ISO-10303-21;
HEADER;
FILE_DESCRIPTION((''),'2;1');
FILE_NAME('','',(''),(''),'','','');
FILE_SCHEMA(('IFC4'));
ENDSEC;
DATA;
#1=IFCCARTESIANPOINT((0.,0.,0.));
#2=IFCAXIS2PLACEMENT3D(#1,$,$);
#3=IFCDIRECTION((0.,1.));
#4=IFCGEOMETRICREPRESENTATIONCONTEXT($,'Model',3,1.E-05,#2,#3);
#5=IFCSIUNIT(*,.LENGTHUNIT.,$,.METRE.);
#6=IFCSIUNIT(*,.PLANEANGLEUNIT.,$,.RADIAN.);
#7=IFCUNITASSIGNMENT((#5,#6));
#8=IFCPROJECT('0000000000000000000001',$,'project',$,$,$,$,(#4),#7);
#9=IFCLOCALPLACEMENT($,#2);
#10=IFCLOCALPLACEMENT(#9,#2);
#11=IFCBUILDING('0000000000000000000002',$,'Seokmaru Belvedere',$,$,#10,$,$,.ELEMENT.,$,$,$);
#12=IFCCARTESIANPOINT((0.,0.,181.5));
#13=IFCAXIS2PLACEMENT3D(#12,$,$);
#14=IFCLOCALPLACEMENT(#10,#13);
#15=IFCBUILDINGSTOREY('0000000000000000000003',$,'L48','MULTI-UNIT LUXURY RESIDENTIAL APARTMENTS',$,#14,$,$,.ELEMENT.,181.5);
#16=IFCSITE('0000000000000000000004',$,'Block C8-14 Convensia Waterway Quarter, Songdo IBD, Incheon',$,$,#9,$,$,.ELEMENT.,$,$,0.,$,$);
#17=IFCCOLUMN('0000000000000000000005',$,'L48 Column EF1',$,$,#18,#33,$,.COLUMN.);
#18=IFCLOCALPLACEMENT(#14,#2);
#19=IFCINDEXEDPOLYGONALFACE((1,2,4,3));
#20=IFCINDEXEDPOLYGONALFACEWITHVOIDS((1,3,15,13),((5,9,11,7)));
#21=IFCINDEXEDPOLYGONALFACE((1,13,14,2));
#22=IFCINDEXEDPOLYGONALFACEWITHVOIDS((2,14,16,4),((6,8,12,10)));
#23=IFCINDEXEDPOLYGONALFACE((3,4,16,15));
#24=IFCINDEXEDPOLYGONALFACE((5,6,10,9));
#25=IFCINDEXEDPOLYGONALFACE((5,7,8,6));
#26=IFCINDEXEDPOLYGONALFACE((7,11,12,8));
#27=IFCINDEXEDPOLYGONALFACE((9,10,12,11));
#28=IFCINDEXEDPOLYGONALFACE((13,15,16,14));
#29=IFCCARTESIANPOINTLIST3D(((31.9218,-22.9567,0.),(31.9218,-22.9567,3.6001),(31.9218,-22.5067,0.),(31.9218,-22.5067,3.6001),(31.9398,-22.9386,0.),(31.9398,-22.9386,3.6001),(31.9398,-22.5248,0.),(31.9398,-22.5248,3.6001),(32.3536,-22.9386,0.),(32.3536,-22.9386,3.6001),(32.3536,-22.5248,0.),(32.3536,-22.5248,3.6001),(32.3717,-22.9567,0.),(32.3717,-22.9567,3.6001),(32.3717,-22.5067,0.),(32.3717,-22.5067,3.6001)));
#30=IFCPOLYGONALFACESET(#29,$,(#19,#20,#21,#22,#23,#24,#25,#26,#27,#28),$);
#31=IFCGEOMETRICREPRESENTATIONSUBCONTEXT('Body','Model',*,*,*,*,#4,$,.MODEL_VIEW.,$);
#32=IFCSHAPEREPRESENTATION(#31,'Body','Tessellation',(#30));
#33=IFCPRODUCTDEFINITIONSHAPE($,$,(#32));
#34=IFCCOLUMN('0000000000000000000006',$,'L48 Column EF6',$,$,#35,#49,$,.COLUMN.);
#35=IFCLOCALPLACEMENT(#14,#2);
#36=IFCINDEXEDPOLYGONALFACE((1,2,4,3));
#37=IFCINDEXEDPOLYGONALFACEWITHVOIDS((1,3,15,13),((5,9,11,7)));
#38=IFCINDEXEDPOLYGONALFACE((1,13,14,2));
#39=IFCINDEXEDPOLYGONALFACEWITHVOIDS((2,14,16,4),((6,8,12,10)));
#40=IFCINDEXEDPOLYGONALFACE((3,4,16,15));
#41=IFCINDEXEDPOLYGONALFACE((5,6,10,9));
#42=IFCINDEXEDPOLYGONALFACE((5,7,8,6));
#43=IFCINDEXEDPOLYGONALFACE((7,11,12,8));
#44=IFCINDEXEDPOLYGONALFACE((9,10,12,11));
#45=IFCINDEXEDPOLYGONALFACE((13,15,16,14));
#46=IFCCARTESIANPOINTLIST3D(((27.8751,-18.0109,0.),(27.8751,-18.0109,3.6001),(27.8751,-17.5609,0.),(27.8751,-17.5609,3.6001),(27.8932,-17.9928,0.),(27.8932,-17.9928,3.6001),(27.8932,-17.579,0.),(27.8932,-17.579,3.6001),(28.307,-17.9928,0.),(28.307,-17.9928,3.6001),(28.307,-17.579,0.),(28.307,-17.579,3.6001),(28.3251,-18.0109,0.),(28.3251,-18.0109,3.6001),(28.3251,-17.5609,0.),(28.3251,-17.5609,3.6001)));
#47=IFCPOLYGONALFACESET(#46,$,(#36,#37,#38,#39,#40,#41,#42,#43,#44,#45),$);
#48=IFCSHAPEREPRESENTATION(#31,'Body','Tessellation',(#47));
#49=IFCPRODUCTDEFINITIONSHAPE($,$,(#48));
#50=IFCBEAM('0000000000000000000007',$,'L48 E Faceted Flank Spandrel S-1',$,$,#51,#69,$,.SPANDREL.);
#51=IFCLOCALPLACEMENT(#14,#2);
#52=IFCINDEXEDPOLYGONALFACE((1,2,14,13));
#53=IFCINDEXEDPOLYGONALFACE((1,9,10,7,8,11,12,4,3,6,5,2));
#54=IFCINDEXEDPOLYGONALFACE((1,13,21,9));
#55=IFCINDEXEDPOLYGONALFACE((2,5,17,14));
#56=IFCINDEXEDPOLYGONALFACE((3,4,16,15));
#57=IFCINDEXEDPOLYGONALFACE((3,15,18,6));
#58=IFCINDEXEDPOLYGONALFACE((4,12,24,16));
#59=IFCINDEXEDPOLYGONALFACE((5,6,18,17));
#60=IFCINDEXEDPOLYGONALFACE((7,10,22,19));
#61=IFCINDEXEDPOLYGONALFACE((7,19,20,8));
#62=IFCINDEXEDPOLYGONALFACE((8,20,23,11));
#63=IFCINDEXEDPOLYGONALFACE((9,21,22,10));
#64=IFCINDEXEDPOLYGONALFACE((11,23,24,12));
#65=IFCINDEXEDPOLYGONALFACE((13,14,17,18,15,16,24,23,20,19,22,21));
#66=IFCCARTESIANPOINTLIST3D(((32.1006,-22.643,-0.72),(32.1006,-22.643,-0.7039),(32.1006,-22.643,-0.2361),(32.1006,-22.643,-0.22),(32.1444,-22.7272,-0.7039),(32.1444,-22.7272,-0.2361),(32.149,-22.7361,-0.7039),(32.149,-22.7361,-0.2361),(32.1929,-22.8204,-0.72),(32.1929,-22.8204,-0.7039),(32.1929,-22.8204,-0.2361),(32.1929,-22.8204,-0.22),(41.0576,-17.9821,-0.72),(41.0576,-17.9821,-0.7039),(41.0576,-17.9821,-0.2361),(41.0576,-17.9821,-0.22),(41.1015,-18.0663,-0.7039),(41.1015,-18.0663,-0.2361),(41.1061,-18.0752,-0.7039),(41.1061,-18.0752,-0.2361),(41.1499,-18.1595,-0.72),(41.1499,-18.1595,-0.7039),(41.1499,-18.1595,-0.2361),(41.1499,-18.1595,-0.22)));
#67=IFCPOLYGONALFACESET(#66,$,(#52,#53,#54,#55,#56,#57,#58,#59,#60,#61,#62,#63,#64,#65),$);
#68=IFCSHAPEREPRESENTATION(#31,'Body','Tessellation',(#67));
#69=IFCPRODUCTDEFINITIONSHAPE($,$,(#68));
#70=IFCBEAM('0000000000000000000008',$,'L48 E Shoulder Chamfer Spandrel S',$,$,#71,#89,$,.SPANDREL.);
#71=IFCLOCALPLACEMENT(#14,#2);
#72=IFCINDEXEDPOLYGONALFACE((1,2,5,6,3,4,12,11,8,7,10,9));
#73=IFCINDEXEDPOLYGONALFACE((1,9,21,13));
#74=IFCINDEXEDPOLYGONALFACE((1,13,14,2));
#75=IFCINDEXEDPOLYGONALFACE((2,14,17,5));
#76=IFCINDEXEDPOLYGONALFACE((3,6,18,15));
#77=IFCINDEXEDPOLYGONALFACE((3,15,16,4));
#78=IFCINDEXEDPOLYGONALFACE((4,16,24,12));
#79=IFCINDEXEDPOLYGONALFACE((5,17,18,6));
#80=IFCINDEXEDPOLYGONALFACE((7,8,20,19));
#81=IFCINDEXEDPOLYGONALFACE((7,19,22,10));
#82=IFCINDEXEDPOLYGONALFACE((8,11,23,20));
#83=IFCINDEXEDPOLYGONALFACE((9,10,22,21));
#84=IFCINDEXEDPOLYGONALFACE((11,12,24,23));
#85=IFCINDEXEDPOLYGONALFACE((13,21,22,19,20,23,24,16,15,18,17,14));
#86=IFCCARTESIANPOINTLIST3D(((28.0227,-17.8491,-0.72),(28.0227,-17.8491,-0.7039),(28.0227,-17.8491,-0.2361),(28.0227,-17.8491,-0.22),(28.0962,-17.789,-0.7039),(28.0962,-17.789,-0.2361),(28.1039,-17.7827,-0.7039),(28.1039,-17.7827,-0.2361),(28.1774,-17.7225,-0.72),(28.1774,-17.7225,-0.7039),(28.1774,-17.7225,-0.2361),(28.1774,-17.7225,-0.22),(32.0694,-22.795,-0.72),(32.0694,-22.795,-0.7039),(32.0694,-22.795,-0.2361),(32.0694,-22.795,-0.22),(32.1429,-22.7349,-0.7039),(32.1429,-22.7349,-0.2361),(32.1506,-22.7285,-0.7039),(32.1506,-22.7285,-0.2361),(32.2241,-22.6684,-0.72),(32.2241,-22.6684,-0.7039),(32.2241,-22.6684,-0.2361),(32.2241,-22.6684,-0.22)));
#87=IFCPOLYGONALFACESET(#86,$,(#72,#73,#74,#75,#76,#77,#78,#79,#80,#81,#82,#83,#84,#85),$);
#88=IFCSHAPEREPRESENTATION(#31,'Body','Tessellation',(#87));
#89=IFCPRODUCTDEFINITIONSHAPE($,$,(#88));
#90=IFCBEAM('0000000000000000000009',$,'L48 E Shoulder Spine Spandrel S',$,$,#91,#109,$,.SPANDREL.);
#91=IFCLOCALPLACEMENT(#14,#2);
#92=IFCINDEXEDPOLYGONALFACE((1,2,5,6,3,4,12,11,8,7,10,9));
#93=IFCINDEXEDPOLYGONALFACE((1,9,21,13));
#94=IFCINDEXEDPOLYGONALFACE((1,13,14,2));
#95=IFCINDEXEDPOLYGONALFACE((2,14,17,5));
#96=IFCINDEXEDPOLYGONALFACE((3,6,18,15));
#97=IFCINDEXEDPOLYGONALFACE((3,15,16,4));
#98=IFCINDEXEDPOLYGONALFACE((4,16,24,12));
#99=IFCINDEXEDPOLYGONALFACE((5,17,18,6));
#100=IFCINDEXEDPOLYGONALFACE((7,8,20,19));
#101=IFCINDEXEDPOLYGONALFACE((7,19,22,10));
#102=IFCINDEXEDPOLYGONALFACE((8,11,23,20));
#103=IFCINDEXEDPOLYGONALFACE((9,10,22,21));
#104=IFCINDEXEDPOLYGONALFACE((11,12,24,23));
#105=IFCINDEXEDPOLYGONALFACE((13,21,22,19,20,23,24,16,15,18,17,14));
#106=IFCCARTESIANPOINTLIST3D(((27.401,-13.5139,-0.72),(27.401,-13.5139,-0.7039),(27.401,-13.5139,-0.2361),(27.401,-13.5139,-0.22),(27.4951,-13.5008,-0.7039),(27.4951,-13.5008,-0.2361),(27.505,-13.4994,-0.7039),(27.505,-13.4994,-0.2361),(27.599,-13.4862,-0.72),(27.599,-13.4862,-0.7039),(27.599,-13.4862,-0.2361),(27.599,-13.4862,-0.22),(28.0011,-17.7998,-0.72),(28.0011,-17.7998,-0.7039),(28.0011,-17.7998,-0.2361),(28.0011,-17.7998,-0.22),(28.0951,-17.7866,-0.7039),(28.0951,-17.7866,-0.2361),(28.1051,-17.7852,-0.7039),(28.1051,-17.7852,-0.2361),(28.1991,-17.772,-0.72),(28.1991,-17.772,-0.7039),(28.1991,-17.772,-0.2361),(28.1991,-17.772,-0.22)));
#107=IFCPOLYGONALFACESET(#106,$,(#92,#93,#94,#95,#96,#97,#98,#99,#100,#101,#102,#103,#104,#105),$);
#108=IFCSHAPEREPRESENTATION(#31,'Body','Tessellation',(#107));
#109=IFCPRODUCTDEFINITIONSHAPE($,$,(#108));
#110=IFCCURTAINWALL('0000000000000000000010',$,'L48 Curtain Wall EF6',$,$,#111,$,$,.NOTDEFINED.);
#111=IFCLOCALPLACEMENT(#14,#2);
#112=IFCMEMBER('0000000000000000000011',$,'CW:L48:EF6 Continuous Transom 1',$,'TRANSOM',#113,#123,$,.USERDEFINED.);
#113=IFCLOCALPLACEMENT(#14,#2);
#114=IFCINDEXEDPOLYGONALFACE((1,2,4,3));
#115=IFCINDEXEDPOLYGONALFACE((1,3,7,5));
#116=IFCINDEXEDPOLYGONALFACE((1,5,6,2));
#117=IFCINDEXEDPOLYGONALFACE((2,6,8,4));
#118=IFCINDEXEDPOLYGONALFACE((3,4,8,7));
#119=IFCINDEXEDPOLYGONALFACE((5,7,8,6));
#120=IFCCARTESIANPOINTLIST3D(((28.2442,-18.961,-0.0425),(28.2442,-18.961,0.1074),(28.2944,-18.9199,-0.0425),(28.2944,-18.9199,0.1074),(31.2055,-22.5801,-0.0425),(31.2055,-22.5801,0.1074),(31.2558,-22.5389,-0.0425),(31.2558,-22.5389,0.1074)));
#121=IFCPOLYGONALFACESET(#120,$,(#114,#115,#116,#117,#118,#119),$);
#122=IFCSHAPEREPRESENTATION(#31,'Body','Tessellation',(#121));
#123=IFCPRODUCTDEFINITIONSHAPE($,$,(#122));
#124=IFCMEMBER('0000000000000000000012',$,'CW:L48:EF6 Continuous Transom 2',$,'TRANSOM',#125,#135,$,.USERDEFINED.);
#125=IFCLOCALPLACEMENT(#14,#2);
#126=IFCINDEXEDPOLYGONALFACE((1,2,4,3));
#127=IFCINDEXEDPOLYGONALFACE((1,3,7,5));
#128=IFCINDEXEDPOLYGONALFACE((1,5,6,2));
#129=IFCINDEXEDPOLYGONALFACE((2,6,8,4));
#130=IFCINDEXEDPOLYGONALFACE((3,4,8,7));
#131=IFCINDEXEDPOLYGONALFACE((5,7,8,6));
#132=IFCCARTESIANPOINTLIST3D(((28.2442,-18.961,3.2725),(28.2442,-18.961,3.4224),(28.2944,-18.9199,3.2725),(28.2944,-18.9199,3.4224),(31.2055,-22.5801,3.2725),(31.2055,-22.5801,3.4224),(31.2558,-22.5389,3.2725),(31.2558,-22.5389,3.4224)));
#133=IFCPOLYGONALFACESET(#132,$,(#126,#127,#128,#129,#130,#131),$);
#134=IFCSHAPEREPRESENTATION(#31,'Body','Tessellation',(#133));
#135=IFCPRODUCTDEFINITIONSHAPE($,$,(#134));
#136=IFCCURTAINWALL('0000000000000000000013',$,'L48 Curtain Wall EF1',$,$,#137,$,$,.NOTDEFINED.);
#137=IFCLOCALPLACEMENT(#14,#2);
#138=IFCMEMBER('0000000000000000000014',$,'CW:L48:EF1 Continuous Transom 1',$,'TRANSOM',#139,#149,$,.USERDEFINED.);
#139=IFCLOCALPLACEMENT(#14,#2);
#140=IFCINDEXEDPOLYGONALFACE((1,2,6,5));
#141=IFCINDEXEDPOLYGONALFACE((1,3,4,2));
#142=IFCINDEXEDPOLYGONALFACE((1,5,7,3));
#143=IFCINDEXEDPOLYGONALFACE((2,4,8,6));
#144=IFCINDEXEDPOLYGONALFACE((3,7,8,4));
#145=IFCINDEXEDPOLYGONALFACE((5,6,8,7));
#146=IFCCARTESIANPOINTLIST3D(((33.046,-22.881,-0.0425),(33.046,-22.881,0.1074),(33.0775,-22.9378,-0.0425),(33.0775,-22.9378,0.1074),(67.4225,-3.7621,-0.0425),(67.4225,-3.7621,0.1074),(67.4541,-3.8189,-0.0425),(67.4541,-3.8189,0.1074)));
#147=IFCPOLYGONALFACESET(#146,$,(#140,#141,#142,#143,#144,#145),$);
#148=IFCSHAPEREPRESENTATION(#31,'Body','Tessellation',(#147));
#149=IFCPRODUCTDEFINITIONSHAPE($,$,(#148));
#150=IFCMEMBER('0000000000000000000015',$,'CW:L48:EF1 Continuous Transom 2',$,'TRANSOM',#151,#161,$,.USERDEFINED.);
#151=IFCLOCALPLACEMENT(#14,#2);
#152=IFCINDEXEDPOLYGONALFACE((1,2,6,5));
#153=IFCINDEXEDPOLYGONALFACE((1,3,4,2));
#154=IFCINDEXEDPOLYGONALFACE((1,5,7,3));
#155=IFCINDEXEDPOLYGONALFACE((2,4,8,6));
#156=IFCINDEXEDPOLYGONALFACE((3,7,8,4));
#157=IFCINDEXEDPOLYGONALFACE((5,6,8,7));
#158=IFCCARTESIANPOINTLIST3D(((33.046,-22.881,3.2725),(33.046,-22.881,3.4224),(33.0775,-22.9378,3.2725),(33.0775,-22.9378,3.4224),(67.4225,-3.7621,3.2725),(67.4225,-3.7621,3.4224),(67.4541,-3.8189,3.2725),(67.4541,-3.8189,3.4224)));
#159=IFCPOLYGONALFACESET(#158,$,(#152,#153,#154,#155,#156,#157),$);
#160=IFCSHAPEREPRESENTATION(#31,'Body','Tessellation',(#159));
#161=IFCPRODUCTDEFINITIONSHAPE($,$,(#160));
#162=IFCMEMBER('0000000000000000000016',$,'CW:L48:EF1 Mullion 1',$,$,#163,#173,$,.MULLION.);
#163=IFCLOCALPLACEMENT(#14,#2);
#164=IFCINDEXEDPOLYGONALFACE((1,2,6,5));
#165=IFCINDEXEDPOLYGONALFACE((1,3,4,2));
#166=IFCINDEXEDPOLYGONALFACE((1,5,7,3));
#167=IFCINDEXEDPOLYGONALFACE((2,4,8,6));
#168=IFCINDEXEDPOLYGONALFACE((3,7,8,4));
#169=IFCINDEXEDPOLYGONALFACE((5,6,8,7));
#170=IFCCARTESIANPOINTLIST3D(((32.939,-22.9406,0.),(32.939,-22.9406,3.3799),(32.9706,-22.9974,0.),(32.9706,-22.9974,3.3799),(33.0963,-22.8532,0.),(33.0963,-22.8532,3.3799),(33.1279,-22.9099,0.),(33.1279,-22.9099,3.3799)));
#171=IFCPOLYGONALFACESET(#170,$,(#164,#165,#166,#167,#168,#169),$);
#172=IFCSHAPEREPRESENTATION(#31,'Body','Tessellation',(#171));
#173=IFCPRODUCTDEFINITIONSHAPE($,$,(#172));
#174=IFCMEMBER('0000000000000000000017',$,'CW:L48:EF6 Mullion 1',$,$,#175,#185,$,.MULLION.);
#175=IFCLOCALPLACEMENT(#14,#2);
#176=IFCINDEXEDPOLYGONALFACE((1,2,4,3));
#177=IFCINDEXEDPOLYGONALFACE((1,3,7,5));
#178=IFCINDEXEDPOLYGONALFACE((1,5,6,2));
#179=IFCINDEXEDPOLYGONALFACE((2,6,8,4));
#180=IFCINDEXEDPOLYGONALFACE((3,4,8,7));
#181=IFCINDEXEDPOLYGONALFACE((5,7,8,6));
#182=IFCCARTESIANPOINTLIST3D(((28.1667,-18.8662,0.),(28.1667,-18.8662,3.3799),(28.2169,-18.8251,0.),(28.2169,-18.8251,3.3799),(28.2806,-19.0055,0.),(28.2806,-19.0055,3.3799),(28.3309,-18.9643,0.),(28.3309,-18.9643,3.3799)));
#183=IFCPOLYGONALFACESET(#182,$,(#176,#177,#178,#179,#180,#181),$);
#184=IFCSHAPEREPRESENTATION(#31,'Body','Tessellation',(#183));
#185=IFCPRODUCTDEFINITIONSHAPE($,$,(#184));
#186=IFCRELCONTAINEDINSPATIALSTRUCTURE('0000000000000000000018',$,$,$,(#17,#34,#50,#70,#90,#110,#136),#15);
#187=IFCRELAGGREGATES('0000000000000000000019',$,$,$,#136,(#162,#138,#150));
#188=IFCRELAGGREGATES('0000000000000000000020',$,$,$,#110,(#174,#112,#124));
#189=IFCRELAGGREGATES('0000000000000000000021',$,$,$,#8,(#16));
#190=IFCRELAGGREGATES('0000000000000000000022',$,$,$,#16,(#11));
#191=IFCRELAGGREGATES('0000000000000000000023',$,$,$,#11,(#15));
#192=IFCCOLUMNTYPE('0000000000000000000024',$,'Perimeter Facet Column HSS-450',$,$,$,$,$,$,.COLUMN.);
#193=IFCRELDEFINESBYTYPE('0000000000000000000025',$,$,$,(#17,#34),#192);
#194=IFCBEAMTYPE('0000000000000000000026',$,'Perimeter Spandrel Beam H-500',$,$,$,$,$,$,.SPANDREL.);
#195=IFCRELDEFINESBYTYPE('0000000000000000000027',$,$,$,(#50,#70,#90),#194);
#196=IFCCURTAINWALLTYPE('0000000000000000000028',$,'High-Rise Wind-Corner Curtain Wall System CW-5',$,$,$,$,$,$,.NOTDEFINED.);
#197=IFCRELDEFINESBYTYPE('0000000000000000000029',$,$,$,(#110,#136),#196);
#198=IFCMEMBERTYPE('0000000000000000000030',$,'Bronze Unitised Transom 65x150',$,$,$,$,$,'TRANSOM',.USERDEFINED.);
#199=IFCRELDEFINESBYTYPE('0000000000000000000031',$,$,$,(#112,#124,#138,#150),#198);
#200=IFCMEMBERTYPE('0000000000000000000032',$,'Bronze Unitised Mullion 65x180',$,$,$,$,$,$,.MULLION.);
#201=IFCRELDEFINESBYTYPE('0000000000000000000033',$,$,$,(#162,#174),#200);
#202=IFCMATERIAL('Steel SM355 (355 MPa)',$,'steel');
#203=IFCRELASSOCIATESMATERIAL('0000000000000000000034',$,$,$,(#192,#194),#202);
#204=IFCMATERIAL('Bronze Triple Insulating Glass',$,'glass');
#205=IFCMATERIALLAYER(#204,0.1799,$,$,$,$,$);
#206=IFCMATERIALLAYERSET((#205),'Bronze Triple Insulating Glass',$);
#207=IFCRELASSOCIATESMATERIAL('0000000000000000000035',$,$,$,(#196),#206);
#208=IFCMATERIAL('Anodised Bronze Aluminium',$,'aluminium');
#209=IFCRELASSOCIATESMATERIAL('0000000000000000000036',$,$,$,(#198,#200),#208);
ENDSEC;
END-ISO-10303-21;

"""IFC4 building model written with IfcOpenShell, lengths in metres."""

from ifc_helpers import new_model, si_unit, direction, frame, origin, origin_2d, place, context, subcontext, project, spatial, rectangle, hollow_rectangle, i_section, extrude, source, transform, mapped, material, layer, layer_set, material_profile, profile_set, type_object, type_shapes, element, aggregate, save


model = new_model("IFC4")

# Units and contexts
model_context = context("Model", 3, precision=1e-05, world=origin(), true_north=direction((0.0, 1.0)))
body_context = subcontext(model_context, "Body", "Model", "MODEL_VIEW")
ifc_project = project(units=[si_unit("LENGTHUNIT", "METRE"), si_unit("PLANEANGLEUNIT", "RADIAN")], contexts=[model_context])

# Site, building, storey
site_placement = place(None, origin())
site = spatial("IfcSite", under=ifc_project, at=site_placement, Name="Block C8-14 Convensia Waterway Quarter, Songdo IBD, Incheon", CompositionType="ELEMENT", RefElevation=0.0)
building_placement = place(site_placement, origin())
building = spatial("IfcBuilding", under=site, at=building_placement, Name="Seokmaru Belvedere", CompositionType="ELEMENT")
storey_placement = place(building_placement, frame((0.0, 0.0, 181.5)))
storey = spatial("IfcBuildingStorey", under=building, at=storey_placement, Name="L48", Description="MULTI-UNIT LUXURY RESIDENTIAL APARTMENTS", CompositionType="ELEMENT", Elevation=181.5)

# Columns
ifc_material_1 = material(Name="Steel SM355 (355 MPa)", Category="steel")
ifc_material_profile_1 = material_profile(ifc_material_1, hollow_rectangle(XDim=0.45, YDim=0.45, WallThickness=0.0181, at=origin_2d()), Name="HSS-450x450x18")
ifc_profile_set_1 = profile_set([ifc_material_profile_1], Name="Steel SM355 (355 MPa)")
column_type = type_object("IfcColumnType", Name="Perimeter Facet Column HSS-450", PredefinedType="COLUMN", material=ifc_profile_set_1)
shared_shape_1 = source(origin(), body_context, "Body", "SweptSolid", [
    extrude(hollow_rectangle(XDim=0.45, YDim=0.45, WallThickness=0.0181, at=origin_2d()), origin(), (0.0, 0.0, 1.0), 3.6001),
])
type_shapes(column_type, [shared_shape_1])
for number, where, z_axis, x_axis, name in (
    (1, (32.1467, -22.7317, 0.0), (0.0, 0.0, 1.0), (1.0, 0.0, 0.0), "L48 Column EF1"),
    (2, (28.1001, -17.7859, 0.0), (0.0, 0.0, 1.0), (1.0, 0.0, 0.0), "L48 Column EF6"),
):
    element("IfcColumn", number, at=place(storey_placement, frame(where, z_axis=z_axis, x_axis=x_axis)), inside=storey, type_object=column_type, Name=name, PredefinedType="COLUMN", context=body_context, shape_type="MappedRepresentation", body=[
        mapped(shared_shape_1, transform((0.0, 0.0, 0.0), scale=1.0)),
    ])

# Beams
ifc_material_profile_2 = material_profile(ifc_material_1, i_section(OverallWidth=0.2, OverallDepth=0.5, WebThickness=0.01, FlangeThickness=0.0161, at=origin_2d()), Name="H-500x200x10x16")
ifc_profile_set_2 = profile_set([ifc_material_profile_2], Name="Steel SM355 (355 MPa)")
beam_type_1 = type_object("IfcBeamType", Name="Perimeter Spandrel Beam H-500", PredefinedType="SPANDREL", material=ifc_profile_set_2)
shared_shape_2 = source(origin(), body_context, "Body", "SweptSolid", [
    extrude(i_section(OverallWidth=0.2, OverallDepth=0.5, WebThickness=0.01, FlangeThickness=0.0161, at=origin_2d()), origin(), (0.0, 0.0, 1.0), 10.0972),
])
beam_1_placement = place(storey_placement, frame((32.1467, -22.7317, -0.47), z_axis=(0.887086, 0.461605, 0.0), x_axis=(-0.461605, 0.887086, 0.0)))
element("IfcBeam", 3, at=beam_1_placement, inside=storey, type_object=beam_type_1, Name="L48 E Faceted Flank Spandrel S-1", PredefinedType="SPANDREL", context=body_context, shape_type="MappedRepresentation", body=[
    mapped(shared_shape_2, transform((0.0, 0.0, 0.0), scale=1.0)),
])
shared_shape_3 = source(origin(), body_context, "Body", "SweptSolid", [
    extrude(i_section(OverallWidth=0.2, OverallDepth=0.5, WebThickness=0.01, FlangeThickness=0.0161, at=origin_2d()), origin(), (0.0, 0.0, 1.0), 6.3904),
])
beam_2_placement = place(storey_placement, frame((32.1467, -22.7317, -0.47), z_axis=(-0.633244, 0.773952, 0.0), x_axis=(-0.773952, -0.633244, 0.0)))
element("IfcBeam", 4, at=beam_2_placement, inside=storey, type_object=beam_type_1, Name="L48 E Shoulder Chamfer Spandrel S", PredefinedType="SPANDREL", context=body_context, shape_type="MappedRepresentation", body=[
    mapped(shared_shape_3, transform((0.0, 0.0, 0.0), scale=1.0)),
])
shared_shape_4 = source(origin(), body_context, "Body", "SweptSolid", [
    extrude(i_section(OverallWidth=0.2, OverallDepth=0.5, WebThickness=0.01, FlangeThickness=0.0161, at=origin_2d()), origin(), (0.0, 0.0, 1.0), 4.3276),
])
type_shapes(beam_type_1, [shared_shape_2, shared_shape_3, shared_shape_4])
beam_3_placement = place(storey_placement, frame((28.1001, -17.7859, -0.47), z_axis=(-0.138664, 0.990339, 0.0), x_axis=(-0.990339, -0.138664, 0.0)))
element("IfcBeam", 5, at=beam_3_placement, inside=storey, type_object=beam_type_1, Name="L48 E Shoulder Spine Spandrel S", PredefinedType="SPANDREL", context=body_context, shape_type="MappedRepresentation", body=[
    mapped(shared_shape_4, transform((0.0, 0.0, 0.0), scale=1.0)),
])

# Curtain walls, members
ifc_material_2 = material(Name="Bronze Triple Insulating Glass", Category="glass")
ifc_layer_1 = layer(ifc_material_2, 0.1799)
ifc_layer_set_1 = layer_set([ifc_layer_1], Name="Bronze Triple Insulating Glass")
curtain_wall_type = type_object("IfcCurtainWallType", Name="High-Rise Wind-Corner Curtain Wall System CW-5", PredefinedType="NOTDEFINED", material=ifc_layer_set_1)
curtain_wall_1_placement = place(storey_placement, origin())
curtain_wall_1 = element("IfcCurtainWall", 6, at=curtain_wall_1_placement, inside=storey, type_object=curtain_wall_type, Name="L48 Curtain Wall EF6", PredefinedType="NOTDEFINED")
ifc_material_3 = material(Name="Anodised Bronze Aluminium", Category="aluminium")
ifc_material_profile_3 = material_profile(ifc_material_3, rectangle(XDim=0.0649, YDim=0.1499, at=origin_2d()), Name="CW-T-65x150")
ifc_profile_set_3 = profile_set([ifc_material_profile_3], Name="Anodised Bronze Aluminium")
member_type_1 = type_object("IfcMemberType", Name="Bronze Unitised Transom 65x150", ElementType="TRANSOM", PredefinedType="USERDEFINED", material=ifc_profile_set_3)
shared_shape_5 = source(origin(), body_context, "Body", "SweptSolid", [
    extrude(rectangle(XDim=0.0649, YDim=0.1499, at=origin_2d()), origin(), (0.0, 0.0, 1.0), 4.6763),
])
member_1_placement = place(storey_placement, frame((28.2693, -18.9404, 0.0325), z_axis=(0.633278, -0.773925, 0.0), x_axis=(0.773925, 0.633278, 0.0)))
member_1 = element("IfcMember", 7, at=member_1_placement, type_object=member_type_1, Name="CW:L48:EF6 Continuous Transom 1", ObjectType="TRANSOM", PredefinedType="USERDEFINED", context=body_context, shape_type="MappedRepresentation", body=[
    mapped(shared_shape_5, transform((0.0, 0.0, 0.0), scale=1.0)),
])
member_2_placement = place(storey_placement, frame((28.2693, -18.9404, 3.3474), z_axis=(0.633278, -0.773925, 0.0), x_axis=(0.773925, 0.633278, 0.0)))
member_2 = element("IfcMember", 8, at=member_2_placement, type_object=member_type_1, Name="CW:L48:EF6 Continuous Transom 2", ObjectType="TRANSOM", PredefinedType="USERDEFINED", context=body_context, shape_type="MappedRepresentation", body=[
    mapped(shared_shape_5, transform((0.0, 0.0, 0.0), scale=1.0)),
])
curtain_wall_2_placement = place(storey_placement, origin())
curtain_wall_2 = element("IfcCurtainWall", 9, at=curtain_wall_2_placement, inside=storey, type_object=curtain_wall_type, Name="L48 Curtain Wall EF1", PredefinedType="NOTDEFINED")
shared_shape_6 = source(origin(), body_context, "Body", "SweptSolid", [
    extrude(rectangle(XDim=0.0649, YDim=0.1499, at=origin_2d()), origin(), (0.0, 0.0, 1.0), 39.3354),
])
type_shapes(member_type_1, [shared_shape_5, shared_shape_6])
member_3_placement = place(storey_placement, frame((33.0618, -22.9094, 0.0325), z_axis=(0.873932, 0.486048, 0.0), x_axis=(-0.486048, 0.873932, 0.0)))
member_3 = element("IfcMember", 10, at=member_3_placement, type_object=member_type_1, Name="CW:L48:EF1 Continuous Transom 1", ObjectType="TRANSOM", PredefinedType="USERDEFINED", context=body_context, shape_type="MappedRepresentation", body=[
    mapped(shared_shape_6, transform((0.0, 0.0, 0.0), scale=1.0)),
])
member_4_placement = place(storey_placement, frame((33.0618, -22.9094, 3.3474), z_axis=(0.873932, 0.486048, 0.0), x_axis=(-0.486048, 0.873932, 0.0)))
member_4 = element("IfcMember", 11, at=member_4_placement, type_object=member_type_1, Name="CW:L48:EF1 Continuous Transom 2", ObjectType="TRANSOM", PredefinedType="USERDEFINED", context=body_context, shape_type="MappedRepresentation", body=[
    mapped(shared_shape_6, transform((0.0, 0.0, 0.0), scale=1.0)),
])
ifc_material_profile_4 = material_profile(ifc_material_3, rectangle(XDim=0.0649, YDim=0.1799, at=origin_2d()), Name="CW-M-65x180")
ifc_profile_set_4 = profile_set([ifc_material_profile_4], Name="Anodised Bronze Aluminium")
member_type_2 = type_object("IfcMemberType", Name="Bronze Unitised Mullion 65x180", PredefinedType="MULLION", material=ifc_profile_set_4)
shared_shape_7 = source(origin(), body_context, "Body", "SweptSolid", [
    extrude(rectangle(XDim=0.0649, YDim=0.1799, at=origin_2d()), origin(), (0.0, 0.0, 1.0), 3.3799),
])
type_shapes(member_type_2, [shared_shape_7])
member_5_placement = place(storey_placement, frame((33.0334, -22.9253, 0.0), z_axis=(0.0, 0.0, 1.0), x_axis=(-0.486047, 0.873933, 0.0)))
member_5 = element("IfcMember", 12, at=member_5_placement, type_object=member_type_2, Name="CW:L48:EF1 Mullion 1", PredefinedType="MULLION", context=body_context, shape_type="MappedRepresentation", body=[
    mapped(shared_shape_7, transform((0.0, 0.0, 0.0), scale=1.0)),
])
aggregate(curtain_wall_2, [member_5, member_3, member_4])

# Member
member_6_placement = place(storey_placement, frame((28.2488, -18.9153, 0.0), z_axis=(0.0, 0.0, 1.0), x_axis=(0.773944, 0.633254, 0.0)))
member_6 = element("IfcMember", 13, at=member_6_placement, type_object=member_type_2, Name="CW:L48:EF6 Mullion 1", PredefinedType="MULLION", context=body_context, shape_type="MappedRepresentation", body=[
    mapped(shared_shape_7, transform((0.0, 0.0, 0.0), scale=1.0)),
])

aggregate(curtain_wall_1, [member_6, member_1, member_2])

save(model, "model.ifc")
